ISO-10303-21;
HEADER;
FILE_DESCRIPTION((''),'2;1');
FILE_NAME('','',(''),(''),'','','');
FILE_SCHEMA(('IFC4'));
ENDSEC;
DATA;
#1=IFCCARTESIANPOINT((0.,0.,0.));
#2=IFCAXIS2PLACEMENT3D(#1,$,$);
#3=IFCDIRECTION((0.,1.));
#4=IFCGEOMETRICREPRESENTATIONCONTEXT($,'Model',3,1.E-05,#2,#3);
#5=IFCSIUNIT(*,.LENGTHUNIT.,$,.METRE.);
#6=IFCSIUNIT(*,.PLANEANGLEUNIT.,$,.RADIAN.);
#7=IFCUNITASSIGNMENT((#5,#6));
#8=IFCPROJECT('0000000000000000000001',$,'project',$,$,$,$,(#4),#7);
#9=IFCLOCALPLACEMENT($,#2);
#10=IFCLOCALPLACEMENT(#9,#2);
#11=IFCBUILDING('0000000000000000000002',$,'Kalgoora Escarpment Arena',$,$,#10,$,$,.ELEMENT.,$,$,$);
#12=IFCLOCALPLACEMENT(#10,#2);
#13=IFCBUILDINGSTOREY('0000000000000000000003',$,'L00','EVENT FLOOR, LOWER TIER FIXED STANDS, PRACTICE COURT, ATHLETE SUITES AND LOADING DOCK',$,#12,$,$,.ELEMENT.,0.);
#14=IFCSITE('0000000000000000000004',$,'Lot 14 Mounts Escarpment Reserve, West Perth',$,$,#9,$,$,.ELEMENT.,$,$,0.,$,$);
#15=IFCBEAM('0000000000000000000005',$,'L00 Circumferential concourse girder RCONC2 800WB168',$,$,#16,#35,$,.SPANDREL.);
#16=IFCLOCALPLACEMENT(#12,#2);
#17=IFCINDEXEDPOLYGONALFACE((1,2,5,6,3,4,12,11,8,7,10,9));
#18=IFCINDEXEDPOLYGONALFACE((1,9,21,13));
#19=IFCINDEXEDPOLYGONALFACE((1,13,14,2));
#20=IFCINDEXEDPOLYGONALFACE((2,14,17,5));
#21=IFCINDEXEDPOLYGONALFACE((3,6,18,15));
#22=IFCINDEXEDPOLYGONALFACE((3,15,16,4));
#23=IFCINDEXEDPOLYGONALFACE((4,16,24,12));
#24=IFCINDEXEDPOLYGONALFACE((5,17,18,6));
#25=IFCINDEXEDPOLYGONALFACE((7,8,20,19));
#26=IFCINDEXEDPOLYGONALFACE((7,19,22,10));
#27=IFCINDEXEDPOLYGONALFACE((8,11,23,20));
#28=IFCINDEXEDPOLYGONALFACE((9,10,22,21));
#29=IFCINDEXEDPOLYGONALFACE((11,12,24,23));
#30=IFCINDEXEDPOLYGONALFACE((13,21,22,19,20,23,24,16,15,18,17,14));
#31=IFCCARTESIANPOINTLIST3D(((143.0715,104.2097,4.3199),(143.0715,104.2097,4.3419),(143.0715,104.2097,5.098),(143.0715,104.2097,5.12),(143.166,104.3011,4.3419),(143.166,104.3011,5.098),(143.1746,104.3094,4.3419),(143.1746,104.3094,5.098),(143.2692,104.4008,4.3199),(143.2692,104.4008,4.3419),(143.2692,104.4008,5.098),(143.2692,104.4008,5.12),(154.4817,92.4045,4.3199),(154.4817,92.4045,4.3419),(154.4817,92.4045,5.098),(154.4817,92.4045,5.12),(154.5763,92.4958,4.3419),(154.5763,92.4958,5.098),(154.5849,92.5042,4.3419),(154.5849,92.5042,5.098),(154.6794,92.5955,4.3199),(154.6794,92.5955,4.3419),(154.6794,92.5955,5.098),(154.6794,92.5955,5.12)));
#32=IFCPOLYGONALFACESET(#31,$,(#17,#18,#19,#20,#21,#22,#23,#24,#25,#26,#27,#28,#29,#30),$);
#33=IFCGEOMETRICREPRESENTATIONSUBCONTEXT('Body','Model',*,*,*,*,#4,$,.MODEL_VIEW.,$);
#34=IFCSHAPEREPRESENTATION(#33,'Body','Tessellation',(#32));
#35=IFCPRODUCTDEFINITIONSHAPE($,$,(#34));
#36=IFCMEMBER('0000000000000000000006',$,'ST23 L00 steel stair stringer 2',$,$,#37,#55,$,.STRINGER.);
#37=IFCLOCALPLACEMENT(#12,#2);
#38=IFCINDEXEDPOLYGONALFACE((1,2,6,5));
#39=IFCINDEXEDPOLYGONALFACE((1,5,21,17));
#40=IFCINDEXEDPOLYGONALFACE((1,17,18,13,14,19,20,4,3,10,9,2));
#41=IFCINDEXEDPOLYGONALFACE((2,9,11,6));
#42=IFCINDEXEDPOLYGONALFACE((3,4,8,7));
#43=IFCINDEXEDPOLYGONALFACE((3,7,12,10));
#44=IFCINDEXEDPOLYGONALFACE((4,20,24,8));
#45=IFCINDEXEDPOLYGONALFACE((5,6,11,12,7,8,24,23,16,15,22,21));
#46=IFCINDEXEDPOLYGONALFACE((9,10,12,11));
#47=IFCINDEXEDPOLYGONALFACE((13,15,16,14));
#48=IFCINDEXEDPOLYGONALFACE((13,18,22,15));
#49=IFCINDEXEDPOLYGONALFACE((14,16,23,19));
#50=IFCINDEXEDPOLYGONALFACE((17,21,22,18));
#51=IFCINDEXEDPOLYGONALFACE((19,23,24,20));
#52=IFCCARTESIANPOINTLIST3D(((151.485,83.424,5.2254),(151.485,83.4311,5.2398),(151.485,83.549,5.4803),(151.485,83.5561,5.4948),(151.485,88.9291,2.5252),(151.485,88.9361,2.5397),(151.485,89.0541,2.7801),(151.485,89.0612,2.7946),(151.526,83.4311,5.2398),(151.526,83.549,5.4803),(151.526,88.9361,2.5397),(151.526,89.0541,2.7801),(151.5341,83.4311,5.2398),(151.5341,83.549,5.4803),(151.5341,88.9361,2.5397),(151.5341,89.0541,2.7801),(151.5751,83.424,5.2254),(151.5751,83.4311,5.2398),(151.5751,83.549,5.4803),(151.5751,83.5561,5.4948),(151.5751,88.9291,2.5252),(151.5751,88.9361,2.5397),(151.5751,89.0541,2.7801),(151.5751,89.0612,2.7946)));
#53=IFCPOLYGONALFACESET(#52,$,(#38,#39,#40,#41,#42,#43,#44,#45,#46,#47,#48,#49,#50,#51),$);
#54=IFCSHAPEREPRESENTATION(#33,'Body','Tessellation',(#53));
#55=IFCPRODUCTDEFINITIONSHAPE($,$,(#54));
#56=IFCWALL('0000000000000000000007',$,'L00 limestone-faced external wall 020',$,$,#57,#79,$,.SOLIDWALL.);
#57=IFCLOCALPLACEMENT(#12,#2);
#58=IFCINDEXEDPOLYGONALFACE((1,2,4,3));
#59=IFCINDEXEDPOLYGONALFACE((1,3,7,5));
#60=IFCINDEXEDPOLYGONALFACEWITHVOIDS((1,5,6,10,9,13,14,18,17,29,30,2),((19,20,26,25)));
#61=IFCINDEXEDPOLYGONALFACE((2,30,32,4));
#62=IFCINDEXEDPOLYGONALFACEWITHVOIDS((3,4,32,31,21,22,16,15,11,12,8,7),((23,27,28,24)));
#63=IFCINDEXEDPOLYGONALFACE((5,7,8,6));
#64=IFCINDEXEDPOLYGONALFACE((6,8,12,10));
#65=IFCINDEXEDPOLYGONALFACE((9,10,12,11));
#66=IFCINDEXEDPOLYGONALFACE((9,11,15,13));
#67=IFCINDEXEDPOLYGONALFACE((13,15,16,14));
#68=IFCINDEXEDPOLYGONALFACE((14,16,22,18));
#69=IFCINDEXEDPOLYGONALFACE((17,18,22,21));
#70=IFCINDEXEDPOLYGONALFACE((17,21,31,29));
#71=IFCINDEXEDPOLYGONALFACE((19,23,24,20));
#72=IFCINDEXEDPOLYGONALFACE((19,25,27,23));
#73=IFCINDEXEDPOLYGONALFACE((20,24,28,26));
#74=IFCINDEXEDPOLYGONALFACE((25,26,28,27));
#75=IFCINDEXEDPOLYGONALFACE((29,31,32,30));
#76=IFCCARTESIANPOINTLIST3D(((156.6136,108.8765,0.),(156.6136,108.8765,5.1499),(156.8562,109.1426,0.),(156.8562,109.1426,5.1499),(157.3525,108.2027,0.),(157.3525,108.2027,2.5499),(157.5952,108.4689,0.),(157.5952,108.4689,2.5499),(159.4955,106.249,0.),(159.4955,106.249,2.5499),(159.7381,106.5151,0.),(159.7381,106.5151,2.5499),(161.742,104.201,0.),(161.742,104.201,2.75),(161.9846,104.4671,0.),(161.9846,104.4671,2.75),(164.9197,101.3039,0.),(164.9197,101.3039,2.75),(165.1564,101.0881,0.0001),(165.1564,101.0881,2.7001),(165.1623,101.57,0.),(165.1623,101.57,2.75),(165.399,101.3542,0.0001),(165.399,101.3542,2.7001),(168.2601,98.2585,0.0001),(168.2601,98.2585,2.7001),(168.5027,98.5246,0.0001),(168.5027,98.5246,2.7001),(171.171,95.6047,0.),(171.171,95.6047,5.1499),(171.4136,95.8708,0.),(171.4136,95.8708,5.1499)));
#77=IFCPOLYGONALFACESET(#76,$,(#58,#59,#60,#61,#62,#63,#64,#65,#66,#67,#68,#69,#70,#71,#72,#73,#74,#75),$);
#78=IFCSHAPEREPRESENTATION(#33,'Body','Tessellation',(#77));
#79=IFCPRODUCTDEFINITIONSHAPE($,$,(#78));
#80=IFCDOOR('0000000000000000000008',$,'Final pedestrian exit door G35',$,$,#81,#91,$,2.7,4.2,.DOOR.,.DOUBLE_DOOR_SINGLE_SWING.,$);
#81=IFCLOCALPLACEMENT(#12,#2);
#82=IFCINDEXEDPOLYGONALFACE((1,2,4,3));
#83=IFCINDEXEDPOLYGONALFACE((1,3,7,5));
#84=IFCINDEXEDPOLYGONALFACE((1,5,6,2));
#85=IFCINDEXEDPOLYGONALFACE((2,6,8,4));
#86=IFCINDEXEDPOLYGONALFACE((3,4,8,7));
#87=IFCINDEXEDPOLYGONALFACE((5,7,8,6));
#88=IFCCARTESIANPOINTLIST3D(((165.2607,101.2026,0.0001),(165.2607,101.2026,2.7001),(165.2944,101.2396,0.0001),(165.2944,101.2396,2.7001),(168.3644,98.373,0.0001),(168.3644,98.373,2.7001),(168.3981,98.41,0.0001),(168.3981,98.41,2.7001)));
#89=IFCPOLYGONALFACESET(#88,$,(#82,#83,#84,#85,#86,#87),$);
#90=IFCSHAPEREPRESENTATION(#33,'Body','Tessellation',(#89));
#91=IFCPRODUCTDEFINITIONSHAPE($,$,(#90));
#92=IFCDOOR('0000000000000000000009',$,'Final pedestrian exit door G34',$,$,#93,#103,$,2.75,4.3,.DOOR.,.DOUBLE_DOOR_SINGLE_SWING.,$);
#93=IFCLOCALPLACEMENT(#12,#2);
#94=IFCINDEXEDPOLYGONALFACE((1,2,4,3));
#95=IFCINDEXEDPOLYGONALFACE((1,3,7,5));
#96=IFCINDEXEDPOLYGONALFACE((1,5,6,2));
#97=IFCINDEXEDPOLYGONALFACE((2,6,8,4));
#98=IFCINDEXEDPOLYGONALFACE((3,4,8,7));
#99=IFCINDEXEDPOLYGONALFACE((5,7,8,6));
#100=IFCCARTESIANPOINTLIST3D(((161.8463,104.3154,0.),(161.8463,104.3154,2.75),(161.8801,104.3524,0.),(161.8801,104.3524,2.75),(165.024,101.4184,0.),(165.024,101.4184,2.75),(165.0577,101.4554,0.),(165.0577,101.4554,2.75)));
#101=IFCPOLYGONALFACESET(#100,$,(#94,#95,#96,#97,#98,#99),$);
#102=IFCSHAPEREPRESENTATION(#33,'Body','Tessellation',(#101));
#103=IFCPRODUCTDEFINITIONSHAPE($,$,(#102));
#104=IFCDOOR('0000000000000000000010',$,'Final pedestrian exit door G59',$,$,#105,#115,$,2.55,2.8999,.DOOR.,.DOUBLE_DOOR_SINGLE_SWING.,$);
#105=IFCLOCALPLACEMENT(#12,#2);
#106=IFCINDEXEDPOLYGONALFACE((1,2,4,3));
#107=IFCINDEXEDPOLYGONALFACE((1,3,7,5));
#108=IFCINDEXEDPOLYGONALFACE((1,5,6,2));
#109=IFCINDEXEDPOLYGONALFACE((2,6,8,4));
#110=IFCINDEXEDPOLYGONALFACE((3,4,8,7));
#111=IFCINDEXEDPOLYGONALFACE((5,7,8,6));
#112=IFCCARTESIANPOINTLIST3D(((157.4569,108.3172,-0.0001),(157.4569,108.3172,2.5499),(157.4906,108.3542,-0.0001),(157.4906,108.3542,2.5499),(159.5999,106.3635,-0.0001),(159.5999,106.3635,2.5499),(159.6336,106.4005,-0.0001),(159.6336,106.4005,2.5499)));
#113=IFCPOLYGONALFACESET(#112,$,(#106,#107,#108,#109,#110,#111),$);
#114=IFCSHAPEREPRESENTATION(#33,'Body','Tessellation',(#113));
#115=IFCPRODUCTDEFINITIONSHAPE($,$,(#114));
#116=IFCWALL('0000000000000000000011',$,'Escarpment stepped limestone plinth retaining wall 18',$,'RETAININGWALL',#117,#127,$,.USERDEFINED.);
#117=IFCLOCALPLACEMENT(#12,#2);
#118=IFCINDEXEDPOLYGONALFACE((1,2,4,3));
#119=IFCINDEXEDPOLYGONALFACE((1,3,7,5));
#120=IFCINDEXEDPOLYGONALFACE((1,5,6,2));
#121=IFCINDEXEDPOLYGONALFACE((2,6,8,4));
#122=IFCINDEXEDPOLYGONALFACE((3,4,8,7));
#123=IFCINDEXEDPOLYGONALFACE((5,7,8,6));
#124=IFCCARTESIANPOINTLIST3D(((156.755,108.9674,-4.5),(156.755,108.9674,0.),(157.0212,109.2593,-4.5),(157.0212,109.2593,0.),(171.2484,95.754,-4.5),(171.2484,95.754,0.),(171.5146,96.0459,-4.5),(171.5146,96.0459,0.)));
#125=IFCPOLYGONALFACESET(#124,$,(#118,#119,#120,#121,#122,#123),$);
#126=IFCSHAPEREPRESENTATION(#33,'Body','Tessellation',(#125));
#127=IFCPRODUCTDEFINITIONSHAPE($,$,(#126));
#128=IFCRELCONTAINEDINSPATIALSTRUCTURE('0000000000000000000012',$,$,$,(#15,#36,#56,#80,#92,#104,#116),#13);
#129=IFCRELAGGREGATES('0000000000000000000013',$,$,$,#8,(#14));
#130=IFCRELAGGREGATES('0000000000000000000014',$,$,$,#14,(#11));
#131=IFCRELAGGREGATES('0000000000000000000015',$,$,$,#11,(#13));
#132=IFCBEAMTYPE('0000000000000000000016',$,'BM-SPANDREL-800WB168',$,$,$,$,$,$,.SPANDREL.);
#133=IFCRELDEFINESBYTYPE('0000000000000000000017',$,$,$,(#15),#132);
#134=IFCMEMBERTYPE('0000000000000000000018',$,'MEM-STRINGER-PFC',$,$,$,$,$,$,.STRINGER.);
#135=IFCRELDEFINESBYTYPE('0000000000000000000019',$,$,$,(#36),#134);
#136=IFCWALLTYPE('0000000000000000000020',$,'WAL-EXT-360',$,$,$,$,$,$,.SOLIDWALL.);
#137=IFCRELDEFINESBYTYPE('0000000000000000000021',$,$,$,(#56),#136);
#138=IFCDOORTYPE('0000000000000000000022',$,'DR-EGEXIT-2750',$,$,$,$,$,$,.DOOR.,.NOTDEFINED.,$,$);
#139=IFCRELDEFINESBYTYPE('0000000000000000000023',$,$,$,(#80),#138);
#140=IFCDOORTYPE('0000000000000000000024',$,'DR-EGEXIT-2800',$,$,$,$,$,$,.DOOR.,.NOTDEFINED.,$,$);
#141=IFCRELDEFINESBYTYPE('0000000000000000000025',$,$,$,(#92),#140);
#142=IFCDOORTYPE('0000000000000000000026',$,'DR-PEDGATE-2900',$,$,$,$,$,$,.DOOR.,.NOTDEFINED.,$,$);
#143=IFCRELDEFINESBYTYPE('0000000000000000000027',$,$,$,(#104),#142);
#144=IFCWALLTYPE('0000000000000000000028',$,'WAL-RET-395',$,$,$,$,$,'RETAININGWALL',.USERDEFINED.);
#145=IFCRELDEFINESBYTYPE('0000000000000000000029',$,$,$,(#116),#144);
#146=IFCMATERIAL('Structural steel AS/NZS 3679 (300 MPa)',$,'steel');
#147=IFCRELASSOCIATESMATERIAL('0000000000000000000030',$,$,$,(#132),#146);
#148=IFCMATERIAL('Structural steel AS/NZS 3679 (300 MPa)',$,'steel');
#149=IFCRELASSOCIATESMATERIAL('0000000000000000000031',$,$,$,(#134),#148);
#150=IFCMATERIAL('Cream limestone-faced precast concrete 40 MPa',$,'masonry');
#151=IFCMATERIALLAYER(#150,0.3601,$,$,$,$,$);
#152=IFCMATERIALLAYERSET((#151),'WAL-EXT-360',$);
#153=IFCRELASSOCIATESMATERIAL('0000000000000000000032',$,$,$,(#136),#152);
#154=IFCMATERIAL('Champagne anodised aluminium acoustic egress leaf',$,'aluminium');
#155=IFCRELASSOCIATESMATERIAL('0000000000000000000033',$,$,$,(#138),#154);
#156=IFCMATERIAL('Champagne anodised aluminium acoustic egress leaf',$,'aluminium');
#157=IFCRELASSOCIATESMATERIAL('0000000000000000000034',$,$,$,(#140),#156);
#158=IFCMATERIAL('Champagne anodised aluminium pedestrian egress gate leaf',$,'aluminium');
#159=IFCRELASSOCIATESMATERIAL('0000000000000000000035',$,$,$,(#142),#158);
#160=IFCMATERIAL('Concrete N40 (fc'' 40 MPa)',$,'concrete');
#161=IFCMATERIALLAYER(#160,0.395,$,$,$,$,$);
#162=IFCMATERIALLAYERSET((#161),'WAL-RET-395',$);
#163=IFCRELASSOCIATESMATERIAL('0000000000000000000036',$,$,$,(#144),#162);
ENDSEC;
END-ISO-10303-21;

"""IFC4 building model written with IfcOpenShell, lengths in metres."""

from ifc_helpers import new_model, si_unit, direction, frame, frame_2d, origin, origin_2d, place, context, subcontext, project, spatial, rectangle, i_section, extrude, material, layer, layer_set, material_profile, profile_set, type_object, element, fill, save


model = new_model("IFC4")

# Units and contexts
model_context = context("Model", 3, precision=1e-05, world=origin(), true_north=direction((0.0, 1.0)))
body_context = subcontext(model_context, "Body", "Model", "MODEL_VIEW")
ifc_project = project(units=[si_unit("LENGTHUNIT", "METRE"), si_unit("PLANEANGLEUNIT", "RADIAN")], contexts=[model_context])

# Site, building, storey
site_placement = place(None, origin())
site = spatial("IfcSite", under=ifc_project, at=site_placement, Name="Lot 14 Mounts Escarpment Reserve, West Perth", CompositionType="ELEMENT", RefElevation=0.0)
building_placement = place(site_placement, origin())
building = spatial("IfcBuilding", under=site, at=building_placement, Name="Kalgoora Escarpment Arena", CompositionType="ELEMENT")
storey_placement = place(building_placement, origin())
storey = spatial("IfcBuildingStorey", under=building, at=storey_placement, Name="L00", Description="EVENT FLOOR, LOWER TIER FIXED STANDS, PRACTICE COURT, ATHLETE SUITES AND LOADING DOCK", CompositionType="ELEMENT", Elevation=0.0)

# Beam
ifc_material_1 = material(Name="Structural steel AS/NZS 3679 (300 MPa)", Category="steel")
ifc_material_profile_1 = material_profile(ifc_material_1, i_section(OverallWidth=0.2749, OverallDepth=0.8, WebThickness=0.012, FlangeThickness=0.022, at=origin_2d()))
ifc_profile_set_1 = profile_set([ifc_material_profile_1], Name="Structural steel AS/NZS 3679 (300 MPa)")
beam_type = type_object("IfcBeamType", Name="BM-SPANDREL-800WB168", PredefinedType="SPANDREL", material=ifc_profile_set_1)
beam_placement = place(storey_placement, frame((154.5806, 92.5, 4.72), z_axis=(-0.694974, 0.719034, 0.0), x_axis=(-0.719034, -0.694974, 0.0)))
element("IfcBeam", 1, at=beam_placement, inside=storey, type_object=beam_type, Name="L00 Circumferential concourse girder RCONC2 800WB168", PredefinedType="SPANDREL", context=body_context, shape_type="SweptSolid", body=[
    extrude(i_section(OverallWidth=0.2749, OverallDepth=0.8, WebThickness=0.012, FlangeThickness=0.022, at=origin_2d()), origin(), (0.0, 0.0, 1.0), 16.4182),
])

# Member
ifc_material_2 = material(Name="Structural steel AS/NZS 3679 (300 MPa)", Category="steel")
ifc_material_profile_2 = material_profile(ifc_material_2, i_section(OverallWidth=0.0901, OverallDepth=0.3, WebThickness=0.0081, FlangeThickness=0.0161, at=origin_2d()))
ifc_profile_set_2 = profile_set([ifc_material_profile_2], Name="Structural steel AS/NZS 3679 (300 MPa)")
member_type = type_object("IfcMemberType", Name="MEM-STRINGER-PFC", PredefinedType="STRINGER", material=ifc_profile_set_2)
member_placement = place(storey_placement, frame((151.53, 88.9951, 2.6599), z_axis=(0.0, -0.897817, 0.440368), x_axis=(1.0, 0.0, 0.0)))
element("IfcMember", 2, at=member_placement, inside=storey, type_object=member_type, Name="ST23 L00 steel stair stringer 2", PredefinedType="STRINGER", context=body_context, shape_type="SweptSolid", body=[
    extrude(i_section(OverallWidth=0.0901, OverallDepth=0.3, WebThickness=0.0081, FlangeThickness=0.0161, at=origin_2d()), origin(), (0.0, 0.0, 1.0), 6.1316),
])

# Wall, openings, doors
ifc_material_3 = material(Name="Cream limestone-faced precast concrete 40 MPa", Category="masonry")
ifc_layer_1 = layer(ifc_material_3, 0.3601)
ifc_layer_set_1 = layer_set([ifc_layer_1], Name="WAL-EXT-360")
wall_type_1 = type_object("IfcWallType", Name="WAL-EXT-360", PredefinedType="SOLIDWALL", material=ifc_layer_set_1)
wall_1_placement = place(storey_placement, frame((156.7349, 109.0095, 0.0), z_axis=(0.0, 0.0, 1.0), x_axis=(0.738985, -0.673721, 0.0)))
wall_1 = element("IfcWall", 3, at=wall_1_placement, inside=storey, type_object=wall_type_1, Name="L00 limestone-faced external wall 020", PredefinedType="SOLIDWALL", context=body_context, shape_type="SweptSolid", body=[
    extrude(rectangle(XDim=19.6992, YDim=0.3601, at=frame_2d((9.8496, 0.0))), origin(), (0.0, 0.0, 1.0), 5.1499),
])
opening_1_placement = place(wall_1_placement, frame((6.9399, 0.0, 0.0)))
opening_1 = element("IfcOpeningElement", 4, at=opening_1_placement, cuts=wall_1, PredefinedType="OPENING", context=body_context, shape_type="SweptSolid", body=[
    extrude(rectangle(XDim=4.3, YDim=2.75, at=frame_2d((2.1499, 1.375))), frame((0.0, 0.1899, 0.0), z_axis=(0.0, -1.0, 0.0), x_axis=(1.0, 0.0, 0.0)), (0.0, 0.0, 1.0), 0.3801),
])
opening_2_placement = place(wall_1_placement, frame((11.5601, 0.0, 0.0)))
opening_2 = element("IfcOpeningElement", 5, at=opening_2_placement, cuts=wall_1, PredefinedType="OPENING", context=body_context, shape_type="SweptSolid", body=[
    extrude(rectangle(XDim=4.2, YDim=2.7, at=frame_2d((2.1001, 1.3501))), frame((0.0, 0.1899, 0.0), z_axis=(0.0, -1.0, 0.0), x_axis=(1.0, 0.0, 0.0)), (0.0, 0.0, 1.0), 0.3801),
])
opening_3_placement = place(wall_1_placement, frame((1.0, 0.0, 0.0)))
opening_3 = element("IfcOpeningElement", 6, at=opening_3_placement, cuts=wall_1, PredefinedType="OPENING", context=body_context, shape_type="SweptSolid", body=[
    extrude(rectangle(XDim=2.8999, YDim=2.55, at=frame_2d((1.45, 1.2749))), frame((0.0, 0.1899, 0.0), z_axis=(0.0, -1.0, 0.0), x_axis=(1.0, 0.0, 0.0)), (0.0, 0.0, 1.0), 0.3801),
])
ifc_material_4 = material(Name="Champagne anodised aluminium acoustic egress leaf", Category="aluminium")
door_type_1 = type_object("IfcDoorType", Name="DR-EGEXIT-2750", OperationType="NOTDEFINED", PredefinedType="DOOR", material=ifc_material_4)
door_1_placement = place(opening_2_placement, origin())
door_1 = element("IfcDoor", 7, at=door_1_placement, inside=storey, type_object=door_type_1, Name="Final pedestrian exit door G35", OperationType="DOUBLE_DOOR_SINGLE_SWING", OverallHeight=2.7, OverallWidth=4.2, PredefinedType="DOOR", context=body_context, shape_type="SweptSolid", body=[
    extrude(rectangle(XDim=4.2, YDim=2.7, at=frame_2d((2.1001, 1.3501))), frame((0.0, 0.0249, 0.0), z_axis=(0.0, -1.0, 0.0), x_axis=(1.0, 0.0, 0.0)), (0.0, 0.0, 1.0), 0.05),
])
fill(opening_2, door_1)
ifc_material_5 = material(Name="Champagne anodised aluminium acoustic egress leaf", Category="aluminium")
door_type_2 = type_object("IfcDoorType", Name="DR-EGEXIT-2800", OperationType="NOTDEFINED", PredefinedType="DOOR", material=ifc_material_5)
door_2_placement = place(opening_1_placement, origin())
door_2 = element("IfcDoor", 8, at=door_2_placement, inside=storey, type_object=door_type_2, Name="Final pedestrian exit door G34", OperationType="DOUBLE_DOOR_SINGLE_SWING", OverallHeight=2.75, OverallWidth=4.3, PredefinedType="DOOR", context=body_context, shape_type="SweptSolid", body=[
    extrude(rectangle(XDim=4.3, YDim=2.75, at=frame_2d((2.1499, 1.375))), frame((0.0, 0.0249, 0.0), z_axis=(0.0, -1.0, 0.0), x_axis=(1.0, 0.0, 0.0)), (0.0, 0.0, 1.0), 0.05),
])
fill(opening_1, door_2)
ifc_material_6 = material(Name="Champagne anodised aluminium pedestrian egress gate leaf", Category="aluminium")
door_type_3 = type_object("IfcDoorType", Name="DR-PEDGATE-2900", OperationType="NOTDEFINED", PredefinedType="DOOR", material=ifc_material_6)
door_3_placement = place(opening_3_placement, origin())
door_3 = element("IfcDoor", 9, at=door_3_placement, inside=storey, type_object=door_type_3, Name="Final pedestrian exit door G59", OperationType="DOUBLE_DOOR_SINGLE_SWING", OverallHeight=2.55, OverallWidth=2.8999, PredefinedType="DOOR", context=body_context, shape_type="SweptSolid", body=[
    extrude(rectangle(XDim=2.8999, YDim=2.55, at=frame_2d((1.45, 1.2749))), frame((0.0, 0.0249, 0.0), z_axis=(0.0, -1.0, 0.0), x_axis=(1.0, 0.0, 0.0)), (0.0, 0.0, 1.0), 0.05),
])
fill(opening_3, door_3)

# Wall
ifc_material_7 = material(Name="Concrete N40 (fc' 40 MPa)", Category="concrete")
ifc_layer_2 = layer(ifc_material_7, 0.395)
ifc_layer_set_2 = layer_set([ifc_layer_2], Name="WAL-RET-395")
wall_type_2 = type_object("IfcWallType", Name="WAL-RET-395", ElementType="RETAININGWALL", PredefinedType="USERDEFINED", material=ifc_layer_set_2)
wall_2_placement = place(storey_placement, frame((156.8882, 109.1133, -4.5), z_axis=(0.0, 0.0, 1.0), x_axis=(0.738986, -0.67372, 0.0)))
element("IfcWall", 10, at=wall_2_placement, inside=storey, type_object=wall_type_2, Name="Escarpment stepped limestone plinth retaining wall 18", ObjectType="RETAININGWALL", PredefinedType="USERDEFINED", context=body_context, shape_type="SweptSolid", body=[
    extrude(rectangle(XDim=19.6125, YDim=0.395, at=frame_2d((9.8062, 0.0))), origin(), (0.0, 0.0, 1.0), 4.5),
])

save(model, "model.ifc")
